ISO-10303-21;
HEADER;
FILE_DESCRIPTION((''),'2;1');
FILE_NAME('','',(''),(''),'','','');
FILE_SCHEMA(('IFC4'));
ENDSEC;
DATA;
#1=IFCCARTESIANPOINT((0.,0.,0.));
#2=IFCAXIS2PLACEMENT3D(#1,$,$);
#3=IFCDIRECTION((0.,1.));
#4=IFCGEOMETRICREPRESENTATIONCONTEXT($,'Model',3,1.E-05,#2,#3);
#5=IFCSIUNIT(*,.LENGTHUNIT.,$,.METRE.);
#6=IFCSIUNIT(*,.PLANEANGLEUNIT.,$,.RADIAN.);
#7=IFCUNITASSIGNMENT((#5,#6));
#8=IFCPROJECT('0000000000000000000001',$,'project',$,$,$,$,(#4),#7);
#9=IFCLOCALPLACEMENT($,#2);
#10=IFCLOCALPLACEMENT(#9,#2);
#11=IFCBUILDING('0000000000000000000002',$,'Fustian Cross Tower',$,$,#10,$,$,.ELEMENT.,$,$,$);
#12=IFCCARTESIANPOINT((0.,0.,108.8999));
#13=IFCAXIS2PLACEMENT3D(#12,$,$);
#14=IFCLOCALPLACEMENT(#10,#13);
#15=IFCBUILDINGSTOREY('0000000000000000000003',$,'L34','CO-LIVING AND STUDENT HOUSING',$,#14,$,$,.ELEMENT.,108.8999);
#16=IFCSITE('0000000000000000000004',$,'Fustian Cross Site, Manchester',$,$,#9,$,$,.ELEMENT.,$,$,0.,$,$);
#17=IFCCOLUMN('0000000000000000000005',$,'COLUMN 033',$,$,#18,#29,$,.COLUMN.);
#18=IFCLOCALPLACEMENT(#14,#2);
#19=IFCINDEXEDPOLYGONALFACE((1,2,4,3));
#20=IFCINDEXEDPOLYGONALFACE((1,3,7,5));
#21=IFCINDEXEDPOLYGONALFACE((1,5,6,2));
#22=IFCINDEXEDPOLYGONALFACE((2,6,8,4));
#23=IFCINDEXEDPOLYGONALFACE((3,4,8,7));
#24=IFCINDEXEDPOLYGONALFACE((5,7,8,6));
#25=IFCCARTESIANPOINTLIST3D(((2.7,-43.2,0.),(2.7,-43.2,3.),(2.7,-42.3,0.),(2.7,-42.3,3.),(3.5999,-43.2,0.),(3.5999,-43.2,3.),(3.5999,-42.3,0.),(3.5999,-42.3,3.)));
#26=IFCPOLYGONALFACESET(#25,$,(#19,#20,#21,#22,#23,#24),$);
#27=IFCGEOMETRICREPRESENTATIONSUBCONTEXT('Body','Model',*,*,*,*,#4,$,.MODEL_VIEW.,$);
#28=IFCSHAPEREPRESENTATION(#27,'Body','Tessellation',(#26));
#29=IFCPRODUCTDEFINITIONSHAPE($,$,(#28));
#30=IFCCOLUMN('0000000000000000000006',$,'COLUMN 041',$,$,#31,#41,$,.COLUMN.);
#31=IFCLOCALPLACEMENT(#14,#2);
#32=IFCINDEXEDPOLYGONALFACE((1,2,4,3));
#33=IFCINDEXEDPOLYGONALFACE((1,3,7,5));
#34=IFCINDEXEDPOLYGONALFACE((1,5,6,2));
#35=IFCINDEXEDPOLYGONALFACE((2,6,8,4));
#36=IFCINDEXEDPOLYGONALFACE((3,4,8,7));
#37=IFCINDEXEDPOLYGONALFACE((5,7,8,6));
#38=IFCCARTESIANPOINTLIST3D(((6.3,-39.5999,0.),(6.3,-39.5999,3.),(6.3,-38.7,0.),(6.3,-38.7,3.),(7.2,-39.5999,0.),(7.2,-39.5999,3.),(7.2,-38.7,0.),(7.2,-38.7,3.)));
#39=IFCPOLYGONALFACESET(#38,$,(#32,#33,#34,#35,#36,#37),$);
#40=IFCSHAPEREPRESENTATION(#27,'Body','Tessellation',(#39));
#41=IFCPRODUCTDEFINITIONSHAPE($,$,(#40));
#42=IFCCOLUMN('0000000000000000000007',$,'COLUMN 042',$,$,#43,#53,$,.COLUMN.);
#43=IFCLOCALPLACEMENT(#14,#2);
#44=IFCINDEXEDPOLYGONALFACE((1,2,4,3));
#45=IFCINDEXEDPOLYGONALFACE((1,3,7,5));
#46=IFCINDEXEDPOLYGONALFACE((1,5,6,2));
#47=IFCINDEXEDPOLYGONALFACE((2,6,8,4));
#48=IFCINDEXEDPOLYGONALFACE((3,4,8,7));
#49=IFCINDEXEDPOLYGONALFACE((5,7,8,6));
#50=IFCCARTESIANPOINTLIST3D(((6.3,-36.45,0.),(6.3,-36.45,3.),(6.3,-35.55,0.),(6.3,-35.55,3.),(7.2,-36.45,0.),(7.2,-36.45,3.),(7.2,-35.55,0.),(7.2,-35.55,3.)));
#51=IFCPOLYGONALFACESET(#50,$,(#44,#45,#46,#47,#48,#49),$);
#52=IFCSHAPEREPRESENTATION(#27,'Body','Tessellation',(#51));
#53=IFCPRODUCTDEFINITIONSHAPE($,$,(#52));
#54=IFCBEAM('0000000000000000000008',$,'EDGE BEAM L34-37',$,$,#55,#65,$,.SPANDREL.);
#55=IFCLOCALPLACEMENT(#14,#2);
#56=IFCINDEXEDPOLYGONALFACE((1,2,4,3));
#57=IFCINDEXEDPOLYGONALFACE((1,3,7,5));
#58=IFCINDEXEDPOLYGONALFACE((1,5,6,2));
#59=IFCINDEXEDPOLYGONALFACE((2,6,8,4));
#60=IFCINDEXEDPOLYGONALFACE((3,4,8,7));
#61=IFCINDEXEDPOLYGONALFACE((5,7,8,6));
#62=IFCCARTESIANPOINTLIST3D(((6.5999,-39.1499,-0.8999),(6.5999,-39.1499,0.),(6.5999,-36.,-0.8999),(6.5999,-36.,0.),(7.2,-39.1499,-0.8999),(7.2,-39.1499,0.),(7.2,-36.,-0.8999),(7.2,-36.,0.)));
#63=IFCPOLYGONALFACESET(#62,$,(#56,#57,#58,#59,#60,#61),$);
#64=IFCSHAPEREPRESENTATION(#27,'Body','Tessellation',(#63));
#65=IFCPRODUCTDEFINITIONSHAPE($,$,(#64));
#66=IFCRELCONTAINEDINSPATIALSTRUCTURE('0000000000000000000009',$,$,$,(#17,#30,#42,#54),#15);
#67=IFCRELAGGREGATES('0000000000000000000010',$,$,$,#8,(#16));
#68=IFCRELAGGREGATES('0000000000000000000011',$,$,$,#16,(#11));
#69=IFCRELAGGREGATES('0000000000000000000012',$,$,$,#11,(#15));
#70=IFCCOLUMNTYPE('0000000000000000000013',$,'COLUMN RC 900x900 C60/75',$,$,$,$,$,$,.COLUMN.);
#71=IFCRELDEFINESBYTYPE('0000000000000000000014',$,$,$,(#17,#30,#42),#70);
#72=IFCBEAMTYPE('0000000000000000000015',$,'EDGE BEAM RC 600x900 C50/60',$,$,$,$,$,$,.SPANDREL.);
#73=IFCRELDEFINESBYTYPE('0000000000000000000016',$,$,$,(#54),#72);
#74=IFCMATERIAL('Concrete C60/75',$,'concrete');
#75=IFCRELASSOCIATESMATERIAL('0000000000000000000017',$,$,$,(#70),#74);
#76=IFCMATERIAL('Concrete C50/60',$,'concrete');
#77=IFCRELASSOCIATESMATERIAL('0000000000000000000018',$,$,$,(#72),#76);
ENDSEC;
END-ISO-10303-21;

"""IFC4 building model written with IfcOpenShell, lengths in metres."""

from ifc_helpers import new_model, si_unit, direction, frame, origin, origin_2d, place, context, subcontext, project, spatial, rectangle, extrude, material, material_profile, profile_set, type_object, element, save


model = new_model("IFC4")

# Units and contexts
model_context = context("Model", 3, precision=1e-05, world=origin(), true_north=direction((0.0, 1.0)))
body_context = subcontext(model_context, "Body", "Model", "MODEL_VIEW")
ifc_project = project(units=[si_unit("LENGTHUNIT", "METRE"), si_unit("PLANEANGLEUNIT", "RADIAN")], contexts=[model_context])

# Site, building, storey
site_placement = place(None, origin())
site = spatial("IfcSite", under=ifc_project, at=site_placement, Name="Fustian Cross Site, Manchester", CompositionType="ELEMENT", RefElevation=0.0)
building_placement = place(site_placement, origin())
building = spatial("IfcBuilding", under=site, at=building_placement, Name="Fustian Cross Tower", CompositionType="ELEMENT")
storey_placement = place(building_placement, frame((0.0, 0.0, 108.8999)))
storey = spatial("IfcBuildingStorey", under=building, at=storey_placement, Name="L34", Description="CO-LIVING AND STUDENT HOUSING", CompositionType="ELEMENT", Elevation=108.8999)

# Columns
ifc_material_1 = material(Name="Concrete C60/75", Category="concrete")
ifc_material_profile_1 = material_profile(ifc_material_1, rectangle(XDim=0.8999, YDim=0.8999, at=origin_2d()), Name="RC 900x900")
ifc_profile_set_1 = profile_set([ifc_material_profile_1], Name="Concrete C60/75")
column_type = type_object("IfcColumnType", Name="COLUMN RC 900x900 C60/75", PredefinedType="COLUMN", material=ifc_profile_set_1)
for number, where, z_axis, x_axis, name in (
    (1, (3.1499, -42.75, 0.0), (0.0, 0.0, 1.0), (1.0, 0.0, 0.0), "COLUMN 033"),
    (2, (6.75, -39.1499, 0.0), (0.0, 0.0, 1.0), (1.0, 0.0, 0.0), "COLUMN 041"),
    (3, (6.75, -36.0, 0.0), (0.0, 0.0, 1.0), (1.0, 0.0, 0.0), "COLUMN 042"),
):
    element("IfcColumn", number, at=place(storey_placement, frame(where, z_axis=z_axis, x_axis=x_axis)), inside=storey, type_object=column_type, Name=name, PredefinedType="COLUMN", context=body_context, shape_type="SweptSolid", body=[
        extrude(rectangle(XDim=0.8999, YDim=0.8999, at=origin_2d()), origin(), (0.0, 0.0, 1.0), 3.0),
    ])

# Beam
ifc_material_2 = material(Name="Concrete C50/60", Category="concrete")
ifc_material_profile_2 = material_profile(ifc_material_2, rectangle(XDim=0.6001, YDim=0.8999, at=origin_2d()), Name="RC 600x900")
ifc_profile_set_2 = profile_set([ifc_material_profile_2], Name="Concrete C50/60")
beam_type = type_object("IfcBeamType", Name="EDGE BEAM RC 600x900 C50/60", PredefinedType="SPANDREL", material=ifc_profile_set_2)
beam_placement = place(storey_placement, frame((6.8999, -39.1499, -0.45), z_axis=(0.0, 1.0, 0.0), x_axis=(-1.0, 0.0, 0.0)))
element("IfcBeam", 4, at=beam_placement, inside=storey, type_object=beam_type, Name="EDGE BEAM L34-37", PredefinedType="SPANDREL", context=body_context, shape_type="SweptSolid", body=[
    extrude(rectangle(XDim=0.6001, YDim=0.8999, at=origin_2d()), origin(), (0.0, 0.0, 1.0), 3.1499),
])

save(model, "model.ifc")
